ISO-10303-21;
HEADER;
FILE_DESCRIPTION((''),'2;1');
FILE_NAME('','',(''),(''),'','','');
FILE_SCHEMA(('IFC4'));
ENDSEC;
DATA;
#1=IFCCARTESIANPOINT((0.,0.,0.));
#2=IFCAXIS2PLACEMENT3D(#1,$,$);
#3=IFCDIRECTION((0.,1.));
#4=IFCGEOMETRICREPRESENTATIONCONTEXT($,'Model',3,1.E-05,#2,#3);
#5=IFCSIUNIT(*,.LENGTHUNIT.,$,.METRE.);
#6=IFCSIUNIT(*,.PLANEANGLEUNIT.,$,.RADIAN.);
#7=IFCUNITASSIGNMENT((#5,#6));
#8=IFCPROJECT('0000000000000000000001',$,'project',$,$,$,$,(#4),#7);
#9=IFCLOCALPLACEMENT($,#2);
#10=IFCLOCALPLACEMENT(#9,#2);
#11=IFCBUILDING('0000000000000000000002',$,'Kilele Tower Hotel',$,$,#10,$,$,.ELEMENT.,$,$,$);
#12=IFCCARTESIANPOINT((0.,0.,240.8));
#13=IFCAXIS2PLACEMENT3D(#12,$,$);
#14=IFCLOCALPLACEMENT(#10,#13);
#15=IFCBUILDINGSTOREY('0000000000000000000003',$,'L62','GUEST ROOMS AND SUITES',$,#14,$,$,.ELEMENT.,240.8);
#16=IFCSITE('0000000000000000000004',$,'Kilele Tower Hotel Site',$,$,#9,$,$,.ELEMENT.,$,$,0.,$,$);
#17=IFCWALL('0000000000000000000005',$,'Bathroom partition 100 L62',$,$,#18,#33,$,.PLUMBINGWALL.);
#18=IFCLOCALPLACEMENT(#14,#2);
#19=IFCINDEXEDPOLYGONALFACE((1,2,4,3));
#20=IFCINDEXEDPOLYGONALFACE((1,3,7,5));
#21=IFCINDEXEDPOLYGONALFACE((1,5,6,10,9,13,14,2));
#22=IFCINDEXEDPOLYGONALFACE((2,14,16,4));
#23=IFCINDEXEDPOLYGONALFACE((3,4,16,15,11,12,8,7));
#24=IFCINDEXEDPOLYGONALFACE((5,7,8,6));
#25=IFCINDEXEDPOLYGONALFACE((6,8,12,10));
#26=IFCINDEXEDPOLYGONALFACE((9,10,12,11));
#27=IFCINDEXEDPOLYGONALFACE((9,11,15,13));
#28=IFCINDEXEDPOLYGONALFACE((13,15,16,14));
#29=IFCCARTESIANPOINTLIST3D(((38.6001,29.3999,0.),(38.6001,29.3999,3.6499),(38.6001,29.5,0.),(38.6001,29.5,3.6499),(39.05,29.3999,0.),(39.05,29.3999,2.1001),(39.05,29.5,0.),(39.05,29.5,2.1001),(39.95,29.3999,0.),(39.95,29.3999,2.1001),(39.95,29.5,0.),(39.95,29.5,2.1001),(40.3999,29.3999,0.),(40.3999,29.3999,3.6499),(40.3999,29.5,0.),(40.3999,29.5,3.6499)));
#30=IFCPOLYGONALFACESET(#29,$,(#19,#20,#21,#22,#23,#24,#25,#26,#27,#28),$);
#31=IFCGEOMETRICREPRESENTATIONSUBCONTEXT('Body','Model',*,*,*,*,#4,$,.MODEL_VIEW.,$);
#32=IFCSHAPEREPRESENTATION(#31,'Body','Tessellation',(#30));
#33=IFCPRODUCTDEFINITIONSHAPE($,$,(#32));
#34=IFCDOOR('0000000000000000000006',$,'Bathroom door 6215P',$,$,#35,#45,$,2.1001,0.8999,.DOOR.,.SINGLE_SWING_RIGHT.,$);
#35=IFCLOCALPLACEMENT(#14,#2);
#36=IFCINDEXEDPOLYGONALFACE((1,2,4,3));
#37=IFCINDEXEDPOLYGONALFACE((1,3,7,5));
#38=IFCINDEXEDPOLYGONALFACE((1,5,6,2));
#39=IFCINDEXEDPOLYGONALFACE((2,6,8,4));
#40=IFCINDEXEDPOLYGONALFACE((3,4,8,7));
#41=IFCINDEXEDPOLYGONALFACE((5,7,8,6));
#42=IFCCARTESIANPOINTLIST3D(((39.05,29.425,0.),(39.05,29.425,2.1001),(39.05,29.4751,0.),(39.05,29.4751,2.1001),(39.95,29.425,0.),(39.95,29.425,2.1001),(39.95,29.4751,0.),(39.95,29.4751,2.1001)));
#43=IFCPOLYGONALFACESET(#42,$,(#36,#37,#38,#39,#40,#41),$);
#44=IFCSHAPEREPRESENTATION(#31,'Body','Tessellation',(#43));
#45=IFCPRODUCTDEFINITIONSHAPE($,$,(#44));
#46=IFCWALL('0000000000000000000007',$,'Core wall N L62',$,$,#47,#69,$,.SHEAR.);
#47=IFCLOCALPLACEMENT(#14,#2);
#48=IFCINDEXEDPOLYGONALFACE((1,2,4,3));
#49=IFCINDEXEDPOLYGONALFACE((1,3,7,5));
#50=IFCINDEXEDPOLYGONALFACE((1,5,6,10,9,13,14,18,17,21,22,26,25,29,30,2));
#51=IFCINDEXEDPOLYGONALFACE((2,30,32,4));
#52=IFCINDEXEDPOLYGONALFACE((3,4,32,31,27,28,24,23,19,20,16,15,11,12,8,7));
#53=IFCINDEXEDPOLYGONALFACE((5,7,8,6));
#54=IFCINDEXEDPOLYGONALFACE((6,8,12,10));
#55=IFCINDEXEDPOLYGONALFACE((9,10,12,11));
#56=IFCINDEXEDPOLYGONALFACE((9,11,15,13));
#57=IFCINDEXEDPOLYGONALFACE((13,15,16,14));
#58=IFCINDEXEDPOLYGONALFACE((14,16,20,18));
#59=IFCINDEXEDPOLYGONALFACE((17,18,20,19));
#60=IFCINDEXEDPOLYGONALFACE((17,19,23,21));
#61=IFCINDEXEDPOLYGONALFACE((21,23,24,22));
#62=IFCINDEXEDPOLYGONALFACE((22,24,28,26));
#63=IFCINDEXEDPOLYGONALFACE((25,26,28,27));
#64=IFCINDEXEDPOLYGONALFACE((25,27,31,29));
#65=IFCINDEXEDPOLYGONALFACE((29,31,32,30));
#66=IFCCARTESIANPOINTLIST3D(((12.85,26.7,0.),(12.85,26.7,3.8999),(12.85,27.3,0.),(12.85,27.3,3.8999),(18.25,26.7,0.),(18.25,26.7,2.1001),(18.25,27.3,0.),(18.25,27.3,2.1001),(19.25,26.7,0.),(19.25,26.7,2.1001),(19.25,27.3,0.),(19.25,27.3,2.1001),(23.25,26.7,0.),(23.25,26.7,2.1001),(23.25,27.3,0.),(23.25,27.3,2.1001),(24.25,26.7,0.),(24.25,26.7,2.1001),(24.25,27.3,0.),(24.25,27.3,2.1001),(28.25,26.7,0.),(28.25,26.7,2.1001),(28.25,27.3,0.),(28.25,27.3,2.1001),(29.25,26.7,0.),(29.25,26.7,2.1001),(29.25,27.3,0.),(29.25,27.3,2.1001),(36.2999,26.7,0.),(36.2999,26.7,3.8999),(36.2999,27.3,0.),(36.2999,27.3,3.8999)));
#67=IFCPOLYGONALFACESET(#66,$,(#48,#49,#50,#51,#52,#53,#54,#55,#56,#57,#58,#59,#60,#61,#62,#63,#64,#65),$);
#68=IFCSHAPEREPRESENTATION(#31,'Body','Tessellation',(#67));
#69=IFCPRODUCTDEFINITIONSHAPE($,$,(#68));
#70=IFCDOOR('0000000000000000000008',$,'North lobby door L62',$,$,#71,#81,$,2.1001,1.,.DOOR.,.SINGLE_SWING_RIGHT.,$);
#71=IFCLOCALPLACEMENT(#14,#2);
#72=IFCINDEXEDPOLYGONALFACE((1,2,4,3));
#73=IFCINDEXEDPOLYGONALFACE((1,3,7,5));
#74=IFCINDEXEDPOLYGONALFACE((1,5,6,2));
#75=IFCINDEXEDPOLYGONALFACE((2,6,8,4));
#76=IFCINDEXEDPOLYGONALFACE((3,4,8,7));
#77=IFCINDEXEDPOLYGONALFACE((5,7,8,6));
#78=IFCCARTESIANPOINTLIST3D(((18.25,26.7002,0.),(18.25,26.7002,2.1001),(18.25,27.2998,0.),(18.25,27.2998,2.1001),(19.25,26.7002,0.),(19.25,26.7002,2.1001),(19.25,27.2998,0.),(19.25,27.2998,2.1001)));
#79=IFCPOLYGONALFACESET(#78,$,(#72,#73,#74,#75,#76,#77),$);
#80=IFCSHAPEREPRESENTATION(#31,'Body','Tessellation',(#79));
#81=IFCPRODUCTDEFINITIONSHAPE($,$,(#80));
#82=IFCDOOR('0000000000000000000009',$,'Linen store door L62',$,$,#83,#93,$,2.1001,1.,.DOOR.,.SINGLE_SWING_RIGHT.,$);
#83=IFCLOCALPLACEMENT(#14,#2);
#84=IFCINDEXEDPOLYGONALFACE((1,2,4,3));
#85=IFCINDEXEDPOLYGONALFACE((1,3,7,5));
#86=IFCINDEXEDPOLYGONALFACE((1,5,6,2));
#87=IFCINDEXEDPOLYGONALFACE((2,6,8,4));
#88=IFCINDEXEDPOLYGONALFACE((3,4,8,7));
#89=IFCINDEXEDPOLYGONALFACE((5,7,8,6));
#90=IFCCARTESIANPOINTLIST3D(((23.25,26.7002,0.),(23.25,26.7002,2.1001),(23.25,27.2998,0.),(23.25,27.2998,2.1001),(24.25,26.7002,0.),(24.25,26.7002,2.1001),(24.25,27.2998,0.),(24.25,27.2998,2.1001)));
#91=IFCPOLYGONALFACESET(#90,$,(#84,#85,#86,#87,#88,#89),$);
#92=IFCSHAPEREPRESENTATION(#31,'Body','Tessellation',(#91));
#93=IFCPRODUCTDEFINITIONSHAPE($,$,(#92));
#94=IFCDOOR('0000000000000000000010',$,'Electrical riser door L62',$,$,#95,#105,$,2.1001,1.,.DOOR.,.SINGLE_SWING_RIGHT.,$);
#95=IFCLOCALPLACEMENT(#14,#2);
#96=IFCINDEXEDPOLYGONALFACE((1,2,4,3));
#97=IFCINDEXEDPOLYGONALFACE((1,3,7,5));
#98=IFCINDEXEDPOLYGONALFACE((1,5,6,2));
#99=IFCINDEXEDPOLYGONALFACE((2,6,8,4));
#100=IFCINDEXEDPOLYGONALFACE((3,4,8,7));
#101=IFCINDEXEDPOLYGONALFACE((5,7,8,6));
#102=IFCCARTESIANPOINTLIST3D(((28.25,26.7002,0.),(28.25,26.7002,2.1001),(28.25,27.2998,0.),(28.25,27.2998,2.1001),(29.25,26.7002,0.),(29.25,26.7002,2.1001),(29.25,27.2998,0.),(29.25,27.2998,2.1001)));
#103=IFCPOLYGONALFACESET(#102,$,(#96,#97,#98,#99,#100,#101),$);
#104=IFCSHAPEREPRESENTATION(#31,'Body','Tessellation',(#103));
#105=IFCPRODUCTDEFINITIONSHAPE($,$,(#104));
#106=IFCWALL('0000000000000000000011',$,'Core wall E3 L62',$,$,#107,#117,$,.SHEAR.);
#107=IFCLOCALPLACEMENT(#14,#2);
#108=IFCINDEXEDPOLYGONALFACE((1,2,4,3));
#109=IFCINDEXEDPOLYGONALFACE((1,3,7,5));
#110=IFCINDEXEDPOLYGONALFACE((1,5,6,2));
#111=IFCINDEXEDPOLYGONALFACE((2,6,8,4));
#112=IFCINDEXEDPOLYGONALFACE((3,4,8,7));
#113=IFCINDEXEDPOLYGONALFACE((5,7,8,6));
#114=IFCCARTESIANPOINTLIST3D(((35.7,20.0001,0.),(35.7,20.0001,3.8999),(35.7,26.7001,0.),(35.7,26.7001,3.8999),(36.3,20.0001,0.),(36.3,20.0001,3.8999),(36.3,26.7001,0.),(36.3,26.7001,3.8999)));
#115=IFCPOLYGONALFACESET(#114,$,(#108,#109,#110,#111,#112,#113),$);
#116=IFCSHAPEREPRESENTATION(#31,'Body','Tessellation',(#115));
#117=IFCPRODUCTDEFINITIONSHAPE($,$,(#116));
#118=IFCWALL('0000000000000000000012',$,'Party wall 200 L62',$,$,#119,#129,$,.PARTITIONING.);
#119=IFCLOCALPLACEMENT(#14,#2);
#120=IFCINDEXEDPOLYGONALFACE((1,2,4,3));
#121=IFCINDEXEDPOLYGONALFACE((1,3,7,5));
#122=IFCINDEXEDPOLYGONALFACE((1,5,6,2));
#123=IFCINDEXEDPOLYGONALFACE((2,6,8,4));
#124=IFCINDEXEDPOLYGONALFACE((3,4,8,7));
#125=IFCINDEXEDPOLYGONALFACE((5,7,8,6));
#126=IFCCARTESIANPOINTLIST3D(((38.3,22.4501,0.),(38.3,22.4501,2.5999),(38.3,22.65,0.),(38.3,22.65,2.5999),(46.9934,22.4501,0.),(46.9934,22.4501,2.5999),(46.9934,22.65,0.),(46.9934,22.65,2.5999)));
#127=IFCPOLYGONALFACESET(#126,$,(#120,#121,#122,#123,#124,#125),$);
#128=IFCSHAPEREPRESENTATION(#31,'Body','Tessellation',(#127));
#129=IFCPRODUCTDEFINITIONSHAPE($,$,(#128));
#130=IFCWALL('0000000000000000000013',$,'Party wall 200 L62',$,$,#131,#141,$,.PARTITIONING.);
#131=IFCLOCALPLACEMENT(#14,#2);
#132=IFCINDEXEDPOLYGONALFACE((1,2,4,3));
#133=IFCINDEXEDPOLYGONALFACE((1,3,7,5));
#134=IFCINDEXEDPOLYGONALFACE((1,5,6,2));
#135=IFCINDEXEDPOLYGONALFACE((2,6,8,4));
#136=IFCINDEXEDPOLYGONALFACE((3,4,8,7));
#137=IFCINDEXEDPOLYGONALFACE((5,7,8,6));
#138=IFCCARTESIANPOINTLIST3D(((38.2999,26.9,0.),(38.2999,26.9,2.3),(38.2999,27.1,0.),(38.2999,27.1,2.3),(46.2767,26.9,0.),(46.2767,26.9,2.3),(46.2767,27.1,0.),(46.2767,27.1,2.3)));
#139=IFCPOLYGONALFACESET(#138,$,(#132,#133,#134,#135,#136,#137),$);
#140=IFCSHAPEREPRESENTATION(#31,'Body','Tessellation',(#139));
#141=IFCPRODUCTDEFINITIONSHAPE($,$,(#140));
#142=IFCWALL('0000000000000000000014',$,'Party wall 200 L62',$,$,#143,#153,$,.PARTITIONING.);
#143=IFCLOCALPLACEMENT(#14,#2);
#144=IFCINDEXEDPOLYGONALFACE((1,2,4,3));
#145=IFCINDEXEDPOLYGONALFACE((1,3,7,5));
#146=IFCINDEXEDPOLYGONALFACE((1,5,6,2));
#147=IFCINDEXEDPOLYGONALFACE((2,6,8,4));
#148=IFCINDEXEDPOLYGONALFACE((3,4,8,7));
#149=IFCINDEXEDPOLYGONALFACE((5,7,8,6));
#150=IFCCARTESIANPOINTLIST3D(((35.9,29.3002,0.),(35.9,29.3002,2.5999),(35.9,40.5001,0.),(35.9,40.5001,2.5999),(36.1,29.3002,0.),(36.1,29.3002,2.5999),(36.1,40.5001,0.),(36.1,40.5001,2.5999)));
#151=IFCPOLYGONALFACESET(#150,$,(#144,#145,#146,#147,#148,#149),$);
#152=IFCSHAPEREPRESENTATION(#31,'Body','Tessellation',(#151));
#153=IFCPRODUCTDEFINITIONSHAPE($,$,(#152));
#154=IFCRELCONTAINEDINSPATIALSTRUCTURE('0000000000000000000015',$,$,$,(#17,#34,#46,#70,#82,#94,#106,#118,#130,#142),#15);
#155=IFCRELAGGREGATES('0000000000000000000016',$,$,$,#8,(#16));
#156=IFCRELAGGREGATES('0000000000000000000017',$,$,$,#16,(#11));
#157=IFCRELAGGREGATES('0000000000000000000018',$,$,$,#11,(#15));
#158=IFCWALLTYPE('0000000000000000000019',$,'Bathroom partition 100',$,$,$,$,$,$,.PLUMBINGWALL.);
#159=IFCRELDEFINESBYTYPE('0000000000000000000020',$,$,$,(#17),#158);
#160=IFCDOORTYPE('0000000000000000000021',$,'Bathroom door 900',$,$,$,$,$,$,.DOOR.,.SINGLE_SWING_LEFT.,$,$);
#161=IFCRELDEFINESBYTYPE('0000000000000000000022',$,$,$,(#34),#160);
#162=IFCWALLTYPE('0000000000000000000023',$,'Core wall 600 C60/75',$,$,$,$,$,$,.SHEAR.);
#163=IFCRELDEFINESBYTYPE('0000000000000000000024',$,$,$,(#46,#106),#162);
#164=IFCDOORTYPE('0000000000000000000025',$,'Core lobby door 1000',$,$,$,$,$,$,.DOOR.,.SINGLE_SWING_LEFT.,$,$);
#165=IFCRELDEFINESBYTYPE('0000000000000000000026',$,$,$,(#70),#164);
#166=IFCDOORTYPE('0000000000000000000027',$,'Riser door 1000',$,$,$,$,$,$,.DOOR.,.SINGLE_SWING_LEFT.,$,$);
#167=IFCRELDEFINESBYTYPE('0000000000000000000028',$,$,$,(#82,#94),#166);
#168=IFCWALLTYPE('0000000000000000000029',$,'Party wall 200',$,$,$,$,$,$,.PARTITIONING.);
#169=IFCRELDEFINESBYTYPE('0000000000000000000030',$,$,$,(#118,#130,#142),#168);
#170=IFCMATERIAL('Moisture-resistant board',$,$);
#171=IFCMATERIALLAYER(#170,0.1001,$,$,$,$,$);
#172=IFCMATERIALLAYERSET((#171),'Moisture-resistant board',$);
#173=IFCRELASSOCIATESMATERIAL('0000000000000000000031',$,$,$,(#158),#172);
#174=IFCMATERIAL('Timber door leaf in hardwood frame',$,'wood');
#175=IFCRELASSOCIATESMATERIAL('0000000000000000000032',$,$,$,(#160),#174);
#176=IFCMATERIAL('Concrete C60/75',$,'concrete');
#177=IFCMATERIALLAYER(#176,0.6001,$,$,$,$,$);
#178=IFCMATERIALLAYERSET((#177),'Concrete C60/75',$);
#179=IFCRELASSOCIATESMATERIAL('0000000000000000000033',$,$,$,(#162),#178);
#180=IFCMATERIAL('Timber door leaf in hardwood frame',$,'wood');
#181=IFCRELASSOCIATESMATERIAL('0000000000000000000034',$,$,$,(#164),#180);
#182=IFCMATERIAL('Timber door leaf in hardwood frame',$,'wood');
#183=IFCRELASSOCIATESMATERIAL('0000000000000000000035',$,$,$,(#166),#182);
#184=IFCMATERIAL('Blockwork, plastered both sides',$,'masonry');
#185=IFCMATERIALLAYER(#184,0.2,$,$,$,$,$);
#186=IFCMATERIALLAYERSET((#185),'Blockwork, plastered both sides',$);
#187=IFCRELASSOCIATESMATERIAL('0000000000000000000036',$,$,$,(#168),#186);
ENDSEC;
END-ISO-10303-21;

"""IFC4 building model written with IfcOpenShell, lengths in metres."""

from ifc_helpers import new_model, si_unit, direction, frame, frame_2d, origin, place, context, subcontext, project, spatial, rectangle, extrude, material, layer, layer_set, type_object, element, fill, save


model = new_model("IFC4")

# Units and contexts
model_context = context("Model", 3, precision=1e-05, world=origin(), true_north=direction((0.0, 1.0)))
body_context = subcontext(model_context, "Body", "Model", "MODEL_VIEW")
ifc_project = project(units=[si_unit("LENGTHUNIT", "METRE"), si_unit("PLANEANGLEUNIT", "RADIAN")], contexts=[model_context])

# Site, building, storey
site_placement = place(None, origin())
site = spatial("IfcSite", under=ifc_project, at=site_placement, Name="Kilele Tower Hotel Site", CompositionType="ELEMENT", RefElevation=0.0)
building_placement = place(site_placement, origin())
building = spatial("IfcBuilding", under=site, at=building_placement, Name="Kilele Tower Hotel", CompositionType="ELEMENT")
storey_placement = place(building_placement, frame((0.0, 0.0, 240.8)))
storey = spatial("IfcBuildingStorey", under=building, at=storey_placement, Name="L62", Description="GUEST ROOMS AND SUITES", CompositionType="ELEMENT", Elevation=240.8)

# Shared definitions
ifc_material_1 = material(Name="Moisture-resistant board")
ifc_layer_1 = layer(ifc_material_1, 0.1001)
ifc_layer_set_1 = layer_set([ifc_layer_1], Name="Moisture-resistant board")
wall_type_1 = type_object("IfcWallType", Name="Bathroom partition 100", PredefinedType="PLUMBINGWALL", material=ifc_layer_set_1)

# Wall, opening, door
ifc_material_2 = material(Name="Timber door leaf in hardwood frame", Category="wood")
door_type_1 = type_object("IfcDoorType", Name="Bathroom door 900", OperationType="SINGLE_SWING_LEFT", PredefinedType="DOOR", material=ifc_material_2)
wall_1_placement = place(storey_placement, frame((38.6001, 29.45, 0.0), z_axis=(0.0, 0.0, 1.0), x_axis=(1.0, 0.0, 0.0)))
wall_1 = element("IfcWall", 1, at=wall_1_placement, inside=storey, type_object=wall_type_1, Name="Bathroom partition 100 L62", PredefinedType="PLUMBINGWALL", context=body_context, shape_type="SweptSolid", body=[
    extrude(rectangle(XDim=1.7998, YDim=0.1001, at=frame_2d((0.8999, 0.0))), origin(), (0.0, 0.0, 1.0), 3.6499),
])
opening_1_placement = place(wall_1_placement, frame((1.3499, 0.0, 0.0), z_axis=(0.0, 0.0, 1.0), x_axis=(-1.0, 0.0, 0.0)))
opening_1 = element("IfcOpeningElement", 2, at=opening_1_placement, cuts=wall_1, PredefinedType="OPENING", context=body_context, shape_type="SweptSolid", body=[
    extrude(rectangle(XDim=0.8999, YDim=2.1001, at=frame_2d((0.45, 1.05))), frame((0.0, 0.0601, 0.0), z_axis=(0.0, -1.0, 0.0), x_axis=(1.0, 0.0, 0.0)), (0.0, 0.0, 1.0), 0.1201),
])
door_1_placement = place(opening_1_placement, origin())
door_1 = element("IfcDoor", 3, at=door_1_placement, inside=storey, type_object=door_type_1, Name="Bathroom door 6215P", OperationType="SINGLE_SWING_RIGHT", OverallHeight=2.1001, OverallWidth=0.8999, PredefinedType="DOOR", context=body_context, shape_type="SweptSolid", body=[
    extrude(rectangle(XDim=0.8999, YDim=2.1001, at=frame_2d((0.45, 1.05))), frame((0.0, 0.0249, 0.0), z_axis=(0.0, -1.0, 0.0), x_axis=(1.0, 0.0, 0.0)), (0.0, 0.0, 1.0), 0.05),
])
fill(opening_1, door_1)

# Wall, openings, doors
ifc_material_3 = material(Name="Concrete C60/75", Category="concrete")
ifc_layer_2 = layer(ifc_material_3, 0.6001)
ifc_layer_set_2 = layer_set([ifc_layer_2], Name="Concrete C60/75")
wall_type_2 = type_object("IfcWallType", Name="Core wall 600 C60/75", PredefinedType="SHEAR", material=ifc_layer_set_2)
wall_2_placement = place(storey_placement, frame((36.3, 27.0, 0.0), z_axis=(0.0, 0.0, 1.0), x_axis=(-1.0, 0.0, 0.0)))
wall_2 = element("IfcWall", 4, at=wall_2_placement, inside=storey, type_object=wall_type_2, Name="Core wall N L62", PredefinedType="SHEAR", context=body_context, shape_type="SweptSolid", body=[
    extrude(rectangle(XDim=23.45, YDim=0.6001, at=frame_2d((11.7251, 0.0))), origin(), (0.0, 0.0, 1.0), 3.8999),
])
opening_2_placement = place(wall_2_placement, frame((17.05, 0.0, 0.0)))
opening_2 = element("IfcOpeningElement", 5, at=opening_2_placement, cuts=wall_2, PredefinedType="OPENING", context=body_context, shape_type="SweptSolid", body=[
    extrude(rectangle(XDim=1.0, YDim=2.1001, at=frame_2d((0.5, 1.05))), frame((0.0, 0.3101, 0.0), z_axis=(0.0, -1.0, 0.0), x_axis=(1.0, 0.0, 0.0)), (0.0, 0.0, 1.0), 0.6201),
])
opening_3_placement = place(wall_2_placement, frame((12.05, 0.0, 0.0)))
opening_3 = element("IfcOpeningElement", 6, at=opening_3_placement, cuts=wall_2, PredefinedType="OPENING", context=body_context, shape_type="SweptSolid", body=[
    extrude(rectangle(XDim=1.0, YDim=2.1001, at=frame_2d((0.5, 1.05))), frame((0.0, 0.3101, 0.0), z_axis=(0.0, -1.0, 0.0), x_axis=(1.0, 0.0, 0.0)), (0.0, 0.0, 1.0), 0.6201),
])
opening_4_placement = place(wall_2_placement, frame((7.05, 0.0, 0.0)))
opening_4 = element("IfcOpeningElement", 7, at=opening_4_placement, cuts=wall_2, PredefinedType="OPENING", context=body_context, shape_type="SweptSolid", body=[
    extrude(rectangle(XDim=1.0, YDim=2.1001, at=frame_2d((0.5, 1.05))), frame((0.0, 0.3101, 0.0), z_axis=(0.0, -1.0, 0.0), x_axis=(1.0, 0.0, 0.0)), (0.0, 0.0, 1.0), 0.6201),
])
ifc_material_4 = material(Name="Timber door leaf in hardwood frame", Category="wood")
door_type_2 = type_object("IfcDoorType", Name="Core lobby door 1000", OperationType="SINGLE_SWING_LEFT", PredefinedType="DOOR", material=ifc_material_4)
door_2_placement = place(opening_2_placement, origin())
door_2 = element("IfcDoor", 8, at=door_2_placement, inside=storey, type_object=door_type_2, Name="North lobby door L62", OperationType="SINGLE_SWING_RIGHT", OverallHeight=2.1001, OverallWidth=1.0, PredefinedType="DOOR", context=body_context, shape_type="SweptSolid", body=[
    extrude(rectangle(XDim=1.0, YDim=2.1001, at=frame_2d((0.5, 1.05))), frame((0.0, 0.2998, 0.0), z_axis=(0.0, -1.0, 0.0), x_axis=(1.0, 0.0, 0.0)), (0.0, 0.0, 1.0), 0.5996),
])
fill(opening_2, door_2)
ifc_material_5 = material(Name="Timber door leaf in hardwood frame", Category="wood")
door_type_3 = type_object("IfcDoorType", Name="Riser door 1000", OperationType="SINGLE_SWING_LEFT", PredefinedType="DOOR", material=ifc_material_5)
door_3_placement = place(opening_3_placement, origin())
door_3 = element("IfcDoor", 9, at=door_3_placement, inside=storey, type_object=door_type_3, Name="Linen store door L62", OperationType="SINGLE_SWING_RIGHT", OverallHeight=2.1001, OverallWidth=1.0, PredefinedType="DOOR", context=body_context, shape_type="SweptSolid", body=[
    extrude(rectangle(XDim=1.0, YDim=2.1001, at=frame_2d((0.5, 1.05))), frame((0.0, 0.2998, 0.0), z_axis=(0.0, -1.0, 0.0), x_axis=(1.0, 0.0, 0.0)), (0.0, 0.0, 1.0), 0.5996),
])
fill(opening_3, door_3)
door_4_placement = place(opening_4_placement, origin())
door_4 = element("IfcDoor", 10, at=door_4_placement, inside=storey, type_object=door_type_3, Name="Electrical riser door L62", OperationType="SINGLE_SWING_RIGHT", OverallHeight=2.1001, OverallWidth=1.0, PredefinedType="DOOR", context=body_context, shape_type="SweptSolid", body=[
    extrude(rectangle(XDim=1.0, YDim=2.1001, at=frame_2d((0.5, 1.05))), frame((0.0, 0.2998, 0.0), z_axis=(0.0, -1.0, 0.0), x_axis=(1.0, 0.0, 0.0)), (0.0, 0.0, 1.0), 0.5996),
])
fill(opening_4, door_4)

# Walls
wall_3_placement = place(storey_placement, frame((36.0, 20.0, 0.0), z_axis=(0.0, 0.0, 1.0), x_axis=(0.0, 1.0, 0.0)))
element("IfcWall", 11, at=wall_3_placement, inside=storey, type_object=wall_type_2, Name="Core wall E3 L62", PredefinedType="SHEAR", context=body_context, shape_type="SweptSolid", body=[
    extrude(rectangle(XDim=6.7, YDim=0.6001, at=frame_2d((3.3501, 0.0))), origin(), (0.0, 0.0, 1.0), 3.8999),
])
ifc_material_6 = material(Name="Blockwork, plastered both sides", Category="masonry")
ifc_layer_3 = layer(ifc_material_6, 0.2)
ifc_layer_set_3 = layer_set([ifc_layer_3], Name="Blockwork, plastered both sides")
wall_type_3 = type_object("IfcWallType", Name="Party wall 200", PredefinedType="PARTITIONING", material=ifc_layer_set_3)
wall_4_placement = place(storey_placement, frame((38.3, 22.55, 0.0), z_axis=(0.0, 0.0, 1.0), x_axis=(1.0, 0.0, 0.0)))
element("IfcWall", 12, at=wall_4_placement, inside=storey, type_object=wall_type_3, Name="Party wall 200 L62", PredefinedType="PARTITIONING", context=body_context, shape_type="SweptSolid", body=[
    extrude(rectangle(XDim=8.6934, YDim=0.2, at=frame_2d((4.3467, 0.0))), origin(), (0.0, 0.0, 1.0), 2.5999),
])
wall_5_placement = place(storey_placement, frame((38.3, 27.0, 0.0), z_axis=(0.0, 0.0, 1.0), x_axis=(1.0, 0.0, 0.0)))
element("IfcWall", 13, at=wall_5_placement, inside=storey, type_object=wall_type_3, Name="Party wall 200 L62", PredefinedType="PARTITIONING", context=body_context, shape_type="SweptSolid", body=[
    extrude(rectangle(XDim=7.9768, YDim=0.2, at=frame_2d((3.9883, 0.0))), origin(), (0.0, 0.0, 1.0), 2.3),
])
wall_6_placement = place(storey_placement, frame((36.0, 29.3, 0.0), z_axis=(0.0, 0.0, 1.0), x_axis=(0.0, 1.0, 0.0)))
element("IfcWall", 14, at=wall_6_placement, inside=storey, type_object=wall_type_3, Name="Party wall 200 L62", PredefinedType="PARTITIONING", context=body_context, shape_type="SweptSolid", body=[
    extrude(rectangle(XDim=11.2, YDim=0.2, at=frame_2d((5.6001, 0.0))), origin(), (0.0, 0.0, 1.0), 2.5999),
])

save(model, "model.ifc")
